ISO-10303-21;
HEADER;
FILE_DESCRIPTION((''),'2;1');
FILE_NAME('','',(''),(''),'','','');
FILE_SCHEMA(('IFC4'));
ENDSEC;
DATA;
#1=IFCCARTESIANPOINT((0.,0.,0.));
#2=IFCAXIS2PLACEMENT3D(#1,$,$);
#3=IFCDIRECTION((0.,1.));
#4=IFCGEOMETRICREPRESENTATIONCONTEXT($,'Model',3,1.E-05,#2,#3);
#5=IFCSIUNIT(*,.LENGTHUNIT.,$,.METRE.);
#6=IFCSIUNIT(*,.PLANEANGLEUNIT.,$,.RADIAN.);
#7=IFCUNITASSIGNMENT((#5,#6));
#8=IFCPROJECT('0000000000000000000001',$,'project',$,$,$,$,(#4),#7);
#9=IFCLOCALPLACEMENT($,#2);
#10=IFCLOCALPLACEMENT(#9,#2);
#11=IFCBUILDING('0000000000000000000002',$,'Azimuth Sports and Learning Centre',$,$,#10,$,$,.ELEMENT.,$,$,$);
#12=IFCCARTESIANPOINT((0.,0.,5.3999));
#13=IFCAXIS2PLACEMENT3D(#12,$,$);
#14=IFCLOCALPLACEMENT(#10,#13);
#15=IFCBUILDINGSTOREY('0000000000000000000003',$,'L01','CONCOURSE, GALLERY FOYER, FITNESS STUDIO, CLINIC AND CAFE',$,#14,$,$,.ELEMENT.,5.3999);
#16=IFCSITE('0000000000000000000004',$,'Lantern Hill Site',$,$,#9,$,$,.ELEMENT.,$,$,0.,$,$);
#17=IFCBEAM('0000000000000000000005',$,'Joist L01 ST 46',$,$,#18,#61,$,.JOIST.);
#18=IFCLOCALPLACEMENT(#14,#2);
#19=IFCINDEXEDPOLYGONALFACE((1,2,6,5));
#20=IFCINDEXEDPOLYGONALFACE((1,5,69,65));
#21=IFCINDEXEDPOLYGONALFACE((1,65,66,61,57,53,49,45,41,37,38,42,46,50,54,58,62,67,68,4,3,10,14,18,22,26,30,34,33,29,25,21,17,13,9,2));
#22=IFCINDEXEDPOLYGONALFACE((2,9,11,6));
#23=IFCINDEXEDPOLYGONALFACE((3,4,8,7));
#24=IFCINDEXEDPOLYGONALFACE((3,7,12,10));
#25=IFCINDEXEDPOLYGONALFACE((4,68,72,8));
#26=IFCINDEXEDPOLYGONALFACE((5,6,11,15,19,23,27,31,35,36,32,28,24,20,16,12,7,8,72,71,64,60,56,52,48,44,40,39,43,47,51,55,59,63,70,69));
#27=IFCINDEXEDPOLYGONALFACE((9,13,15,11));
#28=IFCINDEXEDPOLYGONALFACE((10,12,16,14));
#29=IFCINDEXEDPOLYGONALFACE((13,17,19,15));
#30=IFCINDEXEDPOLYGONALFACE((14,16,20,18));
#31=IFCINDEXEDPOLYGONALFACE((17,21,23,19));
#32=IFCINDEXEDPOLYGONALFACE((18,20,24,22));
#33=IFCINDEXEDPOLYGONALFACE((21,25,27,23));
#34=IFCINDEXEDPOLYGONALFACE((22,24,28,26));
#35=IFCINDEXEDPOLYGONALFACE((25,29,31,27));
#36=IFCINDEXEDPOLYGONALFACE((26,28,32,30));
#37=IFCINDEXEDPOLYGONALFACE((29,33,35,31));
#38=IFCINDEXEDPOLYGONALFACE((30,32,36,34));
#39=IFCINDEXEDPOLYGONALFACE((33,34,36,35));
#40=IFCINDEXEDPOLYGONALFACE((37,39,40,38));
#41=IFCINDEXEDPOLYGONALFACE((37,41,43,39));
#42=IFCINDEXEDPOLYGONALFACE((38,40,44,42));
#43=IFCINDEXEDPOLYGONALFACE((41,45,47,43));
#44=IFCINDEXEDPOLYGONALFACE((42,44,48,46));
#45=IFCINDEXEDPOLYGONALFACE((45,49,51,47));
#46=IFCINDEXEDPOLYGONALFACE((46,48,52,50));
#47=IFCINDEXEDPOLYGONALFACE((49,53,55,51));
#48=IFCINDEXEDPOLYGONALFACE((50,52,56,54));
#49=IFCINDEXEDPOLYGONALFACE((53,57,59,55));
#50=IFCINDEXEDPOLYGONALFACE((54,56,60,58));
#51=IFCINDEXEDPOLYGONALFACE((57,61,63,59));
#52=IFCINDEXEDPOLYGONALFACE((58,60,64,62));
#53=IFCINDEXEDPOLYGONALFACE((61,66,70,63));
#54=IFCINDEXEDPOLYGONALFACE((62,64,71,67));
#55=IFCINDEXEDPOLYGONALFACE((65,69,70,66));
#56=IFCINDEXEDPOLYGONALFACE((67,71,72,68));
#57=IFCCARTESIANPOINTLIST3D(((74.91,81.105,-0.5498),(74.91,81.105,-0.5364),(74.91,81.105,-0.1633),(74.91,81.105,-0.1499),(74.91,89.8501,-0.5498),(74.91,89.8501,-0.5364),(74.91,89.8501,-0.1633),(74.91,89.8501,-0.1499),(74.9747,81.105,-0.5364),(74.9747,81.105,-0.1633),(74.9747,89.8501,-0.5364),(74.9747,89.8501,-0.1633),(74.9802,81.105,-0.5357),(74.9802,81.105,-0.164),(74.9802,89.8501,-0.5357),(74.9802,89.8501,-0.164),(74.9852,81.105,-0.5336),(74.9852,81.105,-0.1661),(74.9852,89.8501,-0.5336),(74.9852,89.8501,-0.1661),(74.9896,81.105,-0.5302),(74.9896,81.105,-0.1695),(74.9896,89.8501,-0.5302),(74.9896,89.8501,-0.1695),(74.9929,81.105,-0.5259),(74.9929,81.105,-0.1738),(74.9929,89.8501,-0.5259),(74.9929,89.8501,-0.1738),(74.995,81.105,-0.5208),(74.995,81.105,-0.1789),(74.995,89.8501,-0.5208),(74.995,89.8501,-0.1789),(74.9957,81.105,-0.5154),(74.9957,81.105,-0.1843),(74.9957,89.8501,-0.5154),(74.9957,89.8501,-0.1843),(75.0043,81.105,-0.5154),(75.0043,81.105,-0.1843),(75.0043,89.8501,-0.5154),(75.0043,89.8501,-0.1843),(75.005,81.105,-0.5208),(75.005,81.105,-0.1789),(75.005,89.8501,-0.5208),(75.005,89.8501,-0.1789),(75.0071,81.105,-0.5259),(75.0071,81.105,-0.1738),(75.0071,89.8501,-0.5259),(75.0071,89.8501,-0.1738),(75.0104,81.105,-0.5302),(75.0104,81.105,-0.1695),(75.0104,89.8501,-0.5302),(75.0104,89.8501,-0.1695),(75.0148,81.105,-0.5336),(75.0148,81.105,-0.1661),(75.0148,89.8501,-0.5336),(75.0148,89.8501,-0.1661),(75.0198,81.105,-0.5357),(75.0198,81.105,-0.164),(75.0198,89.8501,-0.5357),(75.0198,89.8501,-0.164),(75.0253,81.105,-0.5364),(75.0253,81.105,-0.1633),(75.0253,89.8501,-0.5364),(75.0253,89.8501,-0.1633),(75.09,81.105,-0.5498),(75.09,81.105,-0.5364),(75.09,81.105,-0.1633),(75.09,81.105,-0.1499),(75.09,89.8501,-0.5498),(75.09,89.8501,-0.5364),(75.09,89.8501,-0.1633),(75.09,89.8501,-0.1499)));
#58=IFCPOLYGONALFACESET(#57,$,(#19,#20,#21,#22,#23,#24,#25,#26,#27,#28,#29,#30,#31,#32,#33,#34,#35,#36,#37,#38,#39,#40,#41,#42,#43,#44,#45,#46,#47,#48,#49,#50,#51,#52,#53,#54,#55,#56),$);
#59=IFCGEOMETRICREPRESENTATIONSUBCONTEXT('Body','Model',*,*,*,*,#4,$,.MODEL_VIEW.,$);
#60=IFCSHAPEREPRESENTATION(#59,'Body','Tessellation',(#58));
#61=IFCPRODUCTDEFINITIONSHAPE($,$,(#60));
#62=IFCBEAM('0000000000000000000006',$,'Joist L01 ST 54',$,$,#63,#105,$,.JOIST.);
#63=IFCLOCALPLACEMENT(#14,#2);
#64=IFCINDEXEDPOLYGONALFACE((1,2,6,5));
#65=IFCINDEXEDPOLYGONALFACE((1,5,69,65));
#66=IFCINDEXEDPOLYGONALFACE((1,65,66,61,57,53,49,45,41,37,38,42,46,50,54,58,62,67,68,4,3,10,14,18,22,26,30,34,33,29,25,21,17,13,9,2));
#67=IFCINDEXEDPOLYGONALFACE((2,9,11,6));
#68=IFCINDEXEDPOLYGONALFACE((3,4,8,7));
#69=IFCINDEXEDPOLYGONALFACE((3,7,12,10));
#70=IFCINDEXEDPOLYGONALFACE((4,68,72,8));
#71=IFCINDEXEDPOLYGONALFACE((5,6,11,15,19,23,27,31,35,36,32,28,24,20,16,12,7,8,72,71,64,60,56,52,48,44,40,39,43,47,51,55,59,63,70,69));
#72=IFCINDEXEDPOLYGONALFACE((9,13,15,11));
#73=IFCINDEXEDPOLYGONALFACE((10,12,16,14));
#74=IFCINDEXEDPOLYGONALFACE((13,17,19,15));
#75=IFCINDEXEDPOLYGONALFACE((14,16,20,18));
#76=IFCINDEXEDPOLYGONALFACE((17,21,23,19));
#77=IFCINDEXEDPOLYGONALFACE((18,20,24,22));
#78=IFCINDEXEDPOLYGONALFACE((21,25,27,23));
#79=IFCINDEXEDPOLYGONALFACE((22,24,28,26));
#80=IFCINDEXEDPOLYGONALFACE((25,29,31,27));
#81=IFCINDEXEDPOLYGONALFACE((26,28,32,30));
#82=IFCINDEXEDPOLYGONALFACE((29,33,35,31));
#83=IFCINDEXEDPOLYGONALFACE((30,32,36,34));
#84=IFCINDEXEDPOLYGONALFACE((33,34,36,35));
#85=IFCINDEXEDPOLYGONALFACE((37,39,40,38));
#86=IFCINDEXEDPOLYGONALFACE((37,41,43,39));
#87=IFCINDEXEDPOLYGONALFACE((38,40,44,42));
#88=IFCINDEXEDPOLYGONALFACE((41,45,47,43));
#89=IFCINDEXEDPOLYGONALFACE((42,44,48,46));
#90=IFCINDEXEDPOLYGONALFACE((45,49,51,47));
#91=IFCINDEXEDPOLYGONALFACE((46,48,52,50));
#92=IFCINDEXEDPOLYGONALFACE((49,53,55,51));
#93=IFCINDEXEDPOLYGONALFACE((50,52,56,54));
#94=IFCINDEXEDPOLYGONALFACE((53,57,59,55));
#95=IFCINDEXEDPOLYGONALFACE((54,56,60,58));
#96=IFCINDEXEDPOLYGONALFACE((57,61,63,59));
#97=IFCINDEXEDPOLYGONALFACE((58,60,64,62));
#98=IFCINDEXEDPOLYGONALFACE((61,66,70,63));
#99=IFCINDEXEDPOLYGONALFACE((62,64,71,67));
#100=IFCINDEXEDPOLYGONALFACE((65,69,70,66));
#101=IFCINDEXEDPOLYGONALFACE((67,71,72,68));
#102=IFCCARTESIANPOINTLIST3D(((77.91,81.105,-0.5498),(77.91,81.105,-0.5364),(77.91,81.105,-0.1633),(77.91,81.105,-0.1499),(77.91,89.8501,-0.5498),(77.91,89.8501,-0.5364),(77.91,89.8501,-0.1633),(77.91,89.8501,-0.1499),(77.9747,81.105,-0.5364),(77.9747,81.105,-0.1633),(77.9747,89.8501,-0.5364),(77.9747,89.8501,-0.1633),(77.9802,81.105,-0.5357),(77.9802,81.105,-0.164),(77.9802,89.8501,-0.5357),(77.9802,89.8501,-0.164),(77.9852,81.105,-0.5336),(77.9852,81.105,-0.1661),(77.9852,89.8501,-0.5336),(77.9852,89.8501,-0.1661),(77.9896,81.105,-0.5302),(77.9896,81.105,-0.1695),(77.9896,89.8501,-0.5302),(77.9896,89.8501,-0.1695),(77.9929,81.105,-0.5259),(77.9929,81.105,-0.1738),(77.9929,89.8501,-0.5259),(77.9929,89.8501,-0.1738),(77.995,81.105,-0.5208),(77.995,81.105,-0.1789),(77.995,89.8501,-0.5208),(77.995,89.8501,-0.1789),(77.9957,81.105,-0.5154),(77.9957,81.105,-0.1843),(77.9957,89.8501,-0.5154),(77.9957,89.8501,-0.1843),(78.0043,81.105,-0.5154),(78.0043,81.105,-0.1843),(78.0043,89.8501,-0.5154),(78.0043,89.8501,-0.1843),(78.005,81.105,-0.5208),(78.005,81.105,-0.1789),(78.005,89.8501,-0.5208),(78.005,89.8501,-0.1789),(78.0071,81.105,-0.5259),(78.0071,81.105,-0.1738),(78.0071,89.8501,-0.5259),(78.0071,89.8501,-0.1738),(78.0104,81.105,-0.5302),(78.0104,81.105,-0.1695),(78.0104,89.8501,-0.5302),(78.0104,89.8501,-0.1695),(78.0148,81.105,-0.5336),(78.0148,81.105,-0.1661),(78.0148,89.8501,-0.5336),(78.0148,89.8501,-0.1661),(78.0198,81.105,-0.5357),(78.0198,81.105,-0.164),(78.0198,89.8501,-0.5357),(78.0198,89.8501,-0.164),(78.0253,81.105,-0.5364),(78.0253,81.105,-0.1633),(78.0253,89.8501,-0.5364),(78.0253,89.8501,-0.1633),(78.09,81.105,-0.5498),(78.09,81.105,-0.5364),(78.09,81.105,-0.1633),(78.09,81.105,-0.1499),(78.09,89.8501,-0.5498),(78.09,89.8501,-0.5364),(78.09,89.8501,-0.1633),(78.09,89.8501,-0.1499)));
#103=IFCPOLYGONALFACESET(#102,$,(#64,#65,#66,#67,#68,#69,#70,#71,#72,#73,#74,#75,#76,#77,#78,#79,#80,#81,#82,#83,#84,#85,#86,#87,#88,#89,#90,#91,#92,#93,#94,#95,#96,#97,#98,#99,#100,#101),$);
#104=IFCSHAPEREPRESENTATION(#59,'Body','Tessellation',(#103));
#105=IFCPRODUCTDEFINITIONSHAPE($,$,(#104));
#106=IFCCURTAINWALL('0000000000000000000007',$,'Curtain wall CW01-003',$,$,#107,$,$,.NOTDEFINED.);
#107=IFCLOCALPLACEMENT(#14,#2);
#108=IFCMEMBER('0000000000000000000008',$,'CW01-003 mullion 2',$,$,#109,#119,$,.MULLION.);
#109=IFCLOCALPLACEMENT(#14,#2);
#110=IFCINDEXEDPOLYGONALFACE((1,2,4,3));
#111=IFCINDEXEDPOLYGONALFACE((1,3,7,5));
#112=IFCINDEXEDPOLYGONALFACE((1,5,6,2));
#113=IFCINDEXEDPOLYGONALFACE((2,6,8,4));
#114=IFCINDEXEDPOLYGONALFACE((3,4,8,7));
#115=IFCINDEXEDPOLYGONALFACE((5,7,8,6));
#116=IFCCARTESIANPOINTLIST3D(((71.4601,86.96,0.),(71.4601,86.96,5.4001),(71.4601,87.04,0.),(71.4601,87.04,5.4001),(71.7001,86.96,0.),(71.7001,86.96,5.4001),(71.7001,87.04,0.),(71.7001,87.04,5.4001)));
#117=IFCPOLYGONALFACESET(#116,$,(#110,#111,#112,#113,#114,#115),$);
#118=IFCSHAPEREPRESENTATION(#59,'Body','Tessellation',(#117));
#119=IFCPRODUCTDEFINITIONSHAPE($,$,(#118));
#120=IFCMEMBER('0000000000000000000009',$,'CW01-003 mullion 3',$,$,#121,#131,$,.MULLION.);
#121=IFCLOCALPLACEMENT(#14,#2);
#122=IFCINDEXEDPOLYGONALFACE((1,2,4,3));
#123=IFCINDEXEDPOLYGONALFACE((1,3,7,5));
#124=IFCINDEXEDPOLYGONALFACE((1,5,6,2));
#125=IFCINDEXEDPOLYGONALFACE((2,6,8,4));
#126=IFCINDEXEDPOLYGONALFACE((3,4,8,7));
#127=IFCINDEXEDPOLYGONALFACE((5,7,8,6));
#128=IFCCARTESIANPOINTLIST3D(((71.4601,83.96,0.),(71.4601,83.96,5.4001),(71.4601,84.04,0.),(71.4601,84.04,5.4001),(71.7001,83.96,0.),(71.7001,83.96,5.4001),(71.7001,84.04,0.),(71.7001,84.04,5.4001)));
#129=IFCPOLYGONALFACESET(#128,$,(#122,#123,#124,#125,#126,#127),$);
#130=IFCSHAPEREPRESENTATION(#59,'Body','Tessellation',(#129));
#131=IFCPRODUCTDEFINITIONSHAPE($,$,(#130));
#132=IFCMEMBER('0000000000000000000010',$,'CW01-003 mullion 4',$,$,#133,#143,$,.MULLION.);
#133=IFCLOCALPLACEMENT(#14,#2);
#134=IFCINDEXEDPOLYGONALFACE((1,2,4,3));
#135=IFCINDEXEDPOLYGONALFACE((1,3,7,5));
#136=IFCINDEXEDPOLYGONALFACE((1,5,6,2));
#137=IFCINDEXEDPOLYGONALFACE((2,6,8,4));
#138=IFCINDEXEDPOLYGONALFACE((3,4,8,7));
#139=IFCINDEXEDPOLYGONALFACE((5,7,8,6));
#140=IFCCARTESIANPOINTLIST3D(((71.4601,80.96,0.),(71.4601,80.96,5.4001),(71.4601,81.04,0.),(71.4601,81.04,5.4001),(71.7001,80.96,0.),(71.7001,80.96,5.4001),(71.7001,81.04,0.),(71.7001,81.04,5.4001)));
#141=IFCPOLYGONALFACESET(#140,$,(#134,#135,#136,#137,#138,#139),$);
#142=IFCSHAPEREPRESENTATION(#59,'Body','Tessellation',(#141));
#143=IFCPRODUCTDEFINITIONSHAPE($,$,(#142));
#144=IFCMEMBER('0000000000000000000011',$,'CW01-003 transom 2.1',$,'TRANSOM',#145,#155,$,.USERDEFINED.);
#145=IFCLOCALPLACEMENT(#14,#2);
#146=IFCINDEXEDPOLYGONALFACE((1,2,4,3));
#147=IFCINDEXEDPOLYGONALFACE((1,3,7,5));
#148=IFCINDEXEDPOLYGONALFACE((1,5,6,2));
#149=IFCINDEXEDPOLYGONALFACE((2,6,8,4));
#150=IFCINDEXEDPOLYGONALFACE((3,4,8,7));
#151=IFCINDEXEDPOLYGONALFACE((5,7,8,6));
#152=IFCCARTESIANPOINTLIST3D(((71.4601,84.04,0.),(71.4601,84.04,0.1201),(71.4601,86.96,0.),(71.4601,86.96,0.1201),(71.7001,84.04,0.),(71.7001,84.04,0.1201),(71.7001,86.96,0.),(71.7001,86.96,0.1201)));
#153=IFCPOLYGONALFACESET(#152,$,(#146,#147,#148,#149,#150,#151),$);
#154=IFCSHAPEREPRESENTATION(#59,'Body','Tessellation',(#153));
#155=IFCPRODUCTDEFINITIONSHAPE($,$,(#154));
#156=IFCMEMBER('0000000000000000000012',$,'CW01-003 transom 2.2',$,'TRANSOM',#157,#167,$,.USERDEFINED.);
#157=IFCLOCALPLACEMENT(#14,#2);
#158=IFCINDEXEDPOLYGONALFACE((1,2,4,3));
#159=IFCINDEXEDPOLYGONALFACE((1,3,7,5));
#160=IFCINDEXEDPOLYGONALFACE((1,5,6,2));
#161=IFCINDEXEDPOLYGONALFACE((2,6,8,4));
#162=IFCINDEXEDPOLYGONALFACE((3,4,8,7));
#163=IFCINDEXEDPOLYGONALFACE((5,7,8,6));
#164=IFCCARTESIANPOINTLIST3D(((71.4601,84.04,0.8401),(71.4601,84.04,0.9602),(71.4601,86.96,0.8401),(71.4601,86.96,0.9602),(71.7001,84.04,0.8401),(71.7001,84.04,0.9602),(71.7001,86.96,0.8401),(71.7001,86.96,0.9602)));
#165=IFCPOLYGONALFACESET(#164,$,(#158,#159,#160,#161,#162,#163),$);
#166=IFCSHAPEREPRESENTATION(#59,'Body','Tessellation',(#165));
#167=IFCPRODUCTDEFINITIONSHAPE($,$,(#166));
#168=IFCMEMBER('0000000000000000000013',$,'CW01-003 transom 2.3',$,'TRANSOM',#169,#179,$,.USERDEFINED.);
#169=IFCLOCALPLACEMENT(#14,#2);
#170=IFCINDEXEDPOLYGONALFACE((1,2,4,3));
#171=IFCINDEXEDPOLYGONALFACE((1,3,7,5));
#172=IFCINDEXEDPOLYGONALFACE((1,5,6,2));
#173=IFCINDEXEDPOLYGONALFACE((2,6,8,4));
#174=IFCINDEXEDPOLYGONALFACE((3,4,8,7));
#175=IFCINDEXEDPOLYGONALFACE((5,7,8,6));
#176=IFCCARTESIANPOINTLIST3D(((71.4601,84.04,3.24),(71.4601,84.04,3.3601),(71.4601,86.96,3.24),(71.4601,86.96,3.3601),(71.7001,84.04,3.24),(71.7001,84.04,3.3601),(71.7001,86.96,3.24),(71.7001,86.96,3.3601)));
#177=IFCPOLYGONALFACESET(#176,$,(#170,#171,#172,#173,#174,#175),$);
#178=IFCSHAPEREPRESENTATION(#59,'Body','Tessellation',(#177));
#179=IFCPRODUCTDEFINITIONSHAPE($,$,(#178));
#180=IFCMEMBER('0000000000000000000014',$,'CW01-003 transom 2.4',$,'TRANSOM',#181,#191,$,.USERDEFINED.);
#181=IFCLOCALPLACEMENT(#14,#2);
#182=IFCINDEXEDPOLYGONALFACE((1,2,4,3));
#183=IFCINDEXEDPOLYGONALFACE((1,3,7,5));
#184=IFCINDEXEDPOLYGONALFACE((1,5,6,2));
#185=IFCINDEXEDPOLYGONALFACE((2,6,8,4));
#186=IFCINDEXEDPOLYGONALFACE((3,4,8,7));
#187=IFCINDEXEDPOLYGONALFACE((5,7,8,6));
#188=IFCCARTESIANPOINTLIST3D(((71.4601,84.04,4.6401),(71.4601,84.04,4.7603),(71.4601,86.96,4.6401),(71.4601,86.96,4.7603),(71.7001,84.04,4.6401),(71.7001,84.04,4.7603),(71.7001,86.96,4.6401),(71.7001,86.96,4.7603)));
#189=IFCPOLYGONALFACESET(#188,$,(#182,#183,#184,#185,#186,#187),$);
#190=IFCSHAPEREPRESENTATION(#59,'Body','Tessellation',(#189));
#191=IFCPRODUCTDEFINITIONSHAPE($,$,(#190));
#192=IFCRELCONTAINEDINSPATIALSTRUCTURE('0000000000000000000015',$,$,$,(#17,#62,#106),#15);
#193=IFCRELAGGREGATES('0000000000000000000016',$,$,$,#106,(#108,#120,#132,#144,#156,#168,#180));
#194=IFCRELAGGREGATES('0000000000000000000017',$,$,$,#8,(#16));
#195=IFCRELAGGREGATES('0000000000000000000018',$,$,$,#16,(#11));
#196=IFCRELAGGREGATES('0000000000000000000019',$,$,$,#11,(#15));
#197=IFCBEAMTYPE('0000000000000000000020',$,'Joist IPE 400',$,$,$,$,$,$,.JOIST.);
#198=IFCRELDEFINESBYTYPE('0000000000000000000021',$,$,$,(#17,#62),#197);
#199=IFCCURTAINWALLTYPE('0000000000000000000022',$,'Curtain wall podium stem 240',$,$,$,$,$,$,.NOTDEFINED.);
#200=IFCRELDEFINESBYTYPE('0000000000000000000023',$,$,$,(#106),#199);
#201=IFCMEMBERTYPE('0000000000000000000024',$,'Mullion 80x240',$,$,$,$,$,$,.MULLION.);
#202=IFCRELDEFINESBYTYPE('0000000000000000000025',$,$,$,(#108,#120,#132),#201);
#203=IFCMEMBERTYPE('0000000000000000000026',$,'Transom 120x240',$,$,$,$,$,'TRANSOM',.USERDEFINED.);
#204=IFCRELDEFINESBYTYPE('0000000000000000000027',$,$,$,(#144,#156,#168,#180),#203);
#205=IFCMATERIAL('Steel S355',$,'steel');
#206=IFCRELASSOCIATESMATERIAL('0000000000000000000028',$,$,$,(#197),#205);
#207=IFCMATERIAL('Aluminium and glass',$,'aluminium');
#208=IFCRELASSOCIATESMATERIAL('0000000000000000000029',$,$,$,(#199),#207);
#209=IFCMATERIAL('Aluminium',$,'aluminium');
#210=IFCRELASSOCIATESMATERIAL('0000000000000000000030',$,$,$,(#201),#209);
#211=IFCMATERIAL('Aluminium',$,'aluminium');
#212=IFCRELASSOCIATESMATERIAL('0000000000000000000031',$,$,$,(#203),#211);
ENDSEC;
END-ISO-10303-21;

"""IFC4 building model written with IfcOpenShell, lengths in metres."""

from ifc_helpers import new_model, si_unit, direction, frame, origin, origin_2d, place, context, subcontext, project, spatial, rectangle, i_section, extrude, material, material_profile, profile_set, type_object, element, aggregate, save


model = new_model("IFC4")

# Units and contexts
model_context = context("Model", 3, precision=1e-05, world=origin(), true_north=direction((0.0, 1.0)))
body_context = subcontext(model_context, "Body", "Model", "MODEL_VIEW")
ifc_project = project(units=[si_unit("LENGTHUNIT", "METRE"), si_unit("PLANEANGLEUNIT", "RADIAN")], contexts=[model_context])

# Site, building, storey
site_placement = place(None, origin())
site = spatial("IfcSite", under=ifc_project, at=site_placement, Name="Lantern Hill Site", CompositionType="ELEMENT", RefElevation=0.0)
building_placement = place(site_placement, origin())
building = spatial("IfcBuilding", under=site, at=building_placement, Name="Azimuth Sports and Learning Centre", CompositionType="ELEMENT")
storey_placement = place(building_placement, frame((0.0, 0.0, 5.3999)))
storey = spatial("IfcBuildingStorey", under=building, at=storey_placement, Name="L01", Description="CONCOURSE, GALLERY FOYER, FITNESS STUDIO, CLINIC AND CAFE", CompositionType="ELEMENT", Elevation=5.3999)

# Beams
ifc_material_1 = material(Name="Steel S355", Category="steel")
ifc_material_profile_1 = material_profile(ifc_material_1, i_section(OverallWidth=0.1799, OverallDepth=0.3999, WebThickness=0.0085, FlangeThickness=0.0134, FilletRadius=0.021, at=origin_2d()), Name="IPE 400")
ifc_profile_set_1 = profile_set([ifc_material_profile_1], Name="Steel S355")
beam_type_1 = type_object("IfcBeamType", Name="Joist IPE 400", PredefinedType="JOIST", material=ifc_profile_set_1)
for number, where, z_axis, x_axis, name in (
    (1, (75.0, 81.105, -0.3499), (0.0, 1.0, 0.0), (-1.0, 0.0, 0.0), "Joist L01 ST 46"),
    (2, (78.0, 81.105, -0.3499), (0.0, 1.0, 0.0), (-1.0, 0.0, 0.0), "Joist L01 ST 54"),
):
    element("IfcBeam", number, at=place(storey_placement, frame(where, z_axis=z_axis, x_axis=x_axis)), inside=storey, type_object=beam_type_1, Name=name, PredefinedType="JOIST", context=body_context, shape_type="SweptSolid", body=[
        extrude(i_section(OverallWidth=0.1799, OverallDepth=0.3999, WebThickness=0.0085, FlangeThickness=0.0134, FilletRadius=0.021, at=origin_2d()), origin(), (0.0, 0.0, 1.0), 8.7451),
    ])

# Curtain wall, members
ifc_material_2 = material(Name="Aluminium and glass", Category="aluminium")
curtain_wall_type = type_object("IfcCurtainWallType", Name="Curtain wall podium stem 240", PredefinedType="NOTDEFINED", material=ifc_material_2)
curtain_wall_placement = place(storey_placement, origin())
curtain_wall = element("IfcCurtainWall", 3, at=curtain_wall_placement, inside=storey, type_object=curtain_wall_type, Name="Curtain wall CW01-003", PredefinedType="NOTDEFINED")
ifc_material_3 = material(Name="Aluminium", Category="aluminium")
ifc_material_profile_2 = material_profile(ifc_material_3, rectangle(XDim=0.24, YDim=0.0801, at=origin_2d()), Name="Mullion 80x240")
ifc_profile_set_2 = profile_set([ifc_material_profile_2], Name="Aluminium")
member_type_1 = type_object("IfcMemberType", Name="Mullion 80x240", PredefinedType="MULLION", material=ifc_profile_set_2)
member_1_placement = place(storey_placement, frame((71.5801, 87.0, 0.0), z_axis=(0.0, 0.0, 1.0), x_axis=(1.0, 0.0, 0.0)))
member_1 = element("IfcMember", 4, at=member_1_placement, type_object=member_type_1, Name="CW01-003 mullion 2", PredefinedType="MULLION", context=body_context, shape_type="SweptSolid", body=[
    extrude(rectangle(XDim=0.24, YDim=0.0801, at=origin_2d()), origin(), (0.0, 0.0, 1.0), 5.4001),
])
member_2_placement = place(storey_placement, frame((71.5801, 84.0, 0.0), z_axis=(0.0, 0.0, 1.0), x_axis=(1.0, 0.0, 0.0)))
member_2 = element("IfcMember", 5, at=member_2_placement, type_object=member_type_1, Name="CW01-003 mullion 3", PredefinedType="MULLION", context=body_context, shape_type="SweptSolid", body=[
    extrude(rectangle(XDim=0.24, YDim=0.0801, at=origin_2d()), origin(), (0.0, 0.0, 1.0), 5.4001),
])
member_3_placement = place(storey_placement, frame((71.5801, 81.0, 0.0), z_axis=(0.0, 0.0, 1.0), x_axis=(1.0, 0.0, 0.0)))
member_3 = element("IfcMember", 6, at=member_3_placement, type_object=member_type_1, Name="CW01-003 mullion 4", PredefinedType="MULLION", context=body_context, shape_type="SweptSolid", body=[
    extrude(rectangle(XDim=0.24, YDim=0.0801, at=origin_2d()), origin(), (0.0, 0.0, 1.0), 5.4001),
])
ifc_material_4 = material(Name="Aluminium", Category="aluminium")
ifc_material_profile_3 = material_profile(ifc_material_4, rectangle(XDim=0.24, YDim=0.1201, at=origin_2d()), Name="Transom 120x240")
ifc_profile_set_3 = profile_set([ifc_material_profile_3], Name="Aluminium")
member_type_2 = type_object("IfcMemberType", Name="Transom 120x240", ElementType="TRANSOM", PredefinedType="USERDEFINED", material=ifc_profile_set_3)
member_4_placement = place(storey_placement, frame((71.5801, 86.96, 0.0601), z_axis=(0.0, -1.0, 0.0), x_axis=(1.0, 0.0, 0.0)))
member_4 = element("IfcMember", 7, at=member_4_placement, type_object=member_type_2, Name="CW01-003 transom 2.1", ObjectType="TRANSOM", PredefinedType="USERDEFINED", context=body_context, shape_type="SweptSolid", body=[
    extrude(rectangle(XDim=0.24, YDim=0.1201, at=origin_2d()), origin(), (0.0, 0.0, 1.0), 2.9199),
])
member_5_placement = place(storey_placement, frame((71.5801, 86.96, 0.9001), z_axis=(0.0, -1.0, 0.0), x_axis=(1.0, 0.0, 0.0)))
member_5 = element("IfcMember", 8, at=member_5_placement, type_object=member_type_2, Name="CW01-003 transom 2.2", ObjectType="TRANSOM", PredefinedType="USERDEFINED", context=body_context, shape_type="SweptSolid", body=[
    extrude(rectangle(XDim=0.24, YDim=0.1201, at=origin_2d()), origin(), (0.0, 0.0, 1.0), 2.9199),
])
member_6_placement = place(storey_placement, frame((71.5801, 86.96, 3.3), z_axis=(0.0, -1.0, 0.0), x_axis=(1.0, 0.0, 0.0)))
member_6 = element("IfcMember", 9, at=member_6_placement, type_object=member_type_2, Name="CW01-003 transom 2.3", ObjectType="TRANSOM", PredefinedType="USERDEFINED", context=body_context, shape_type="SweptSolid", body=[
    extrude(rectangle(XDim=0.24, YDim=0.1201, at=origin_2d()), origin(), (0.0, 0.0, 1.0), 2.9199),
])
member_7_placement = place(storey_placement, frame((71.5801, 86.96, 4.7002), z_axis=(0.0, -1.0, 0.0), x_axis=(1.0, 0.0, 0.0)))
member_7 = element("IfcMember", 10, at=member_7_placement, type_object=member_type_2, Name="CW01-003 transom 2.4", ObjectType="TRANSOM", PredefinedType="USERDEFINED", context=body_context, shape_type="SweptSolid", body=[
    extrude(rectangle(XDim=0.24, YDim=0.1201, at=origin_2d()), origin(), (0.0, 0.0, 1.0), 2.9199),
])
aggregate(curtain_wall, [member_1, member_2, member_3, member_4, member_5, member_6, member_7])

save(model, "model.ifc")
